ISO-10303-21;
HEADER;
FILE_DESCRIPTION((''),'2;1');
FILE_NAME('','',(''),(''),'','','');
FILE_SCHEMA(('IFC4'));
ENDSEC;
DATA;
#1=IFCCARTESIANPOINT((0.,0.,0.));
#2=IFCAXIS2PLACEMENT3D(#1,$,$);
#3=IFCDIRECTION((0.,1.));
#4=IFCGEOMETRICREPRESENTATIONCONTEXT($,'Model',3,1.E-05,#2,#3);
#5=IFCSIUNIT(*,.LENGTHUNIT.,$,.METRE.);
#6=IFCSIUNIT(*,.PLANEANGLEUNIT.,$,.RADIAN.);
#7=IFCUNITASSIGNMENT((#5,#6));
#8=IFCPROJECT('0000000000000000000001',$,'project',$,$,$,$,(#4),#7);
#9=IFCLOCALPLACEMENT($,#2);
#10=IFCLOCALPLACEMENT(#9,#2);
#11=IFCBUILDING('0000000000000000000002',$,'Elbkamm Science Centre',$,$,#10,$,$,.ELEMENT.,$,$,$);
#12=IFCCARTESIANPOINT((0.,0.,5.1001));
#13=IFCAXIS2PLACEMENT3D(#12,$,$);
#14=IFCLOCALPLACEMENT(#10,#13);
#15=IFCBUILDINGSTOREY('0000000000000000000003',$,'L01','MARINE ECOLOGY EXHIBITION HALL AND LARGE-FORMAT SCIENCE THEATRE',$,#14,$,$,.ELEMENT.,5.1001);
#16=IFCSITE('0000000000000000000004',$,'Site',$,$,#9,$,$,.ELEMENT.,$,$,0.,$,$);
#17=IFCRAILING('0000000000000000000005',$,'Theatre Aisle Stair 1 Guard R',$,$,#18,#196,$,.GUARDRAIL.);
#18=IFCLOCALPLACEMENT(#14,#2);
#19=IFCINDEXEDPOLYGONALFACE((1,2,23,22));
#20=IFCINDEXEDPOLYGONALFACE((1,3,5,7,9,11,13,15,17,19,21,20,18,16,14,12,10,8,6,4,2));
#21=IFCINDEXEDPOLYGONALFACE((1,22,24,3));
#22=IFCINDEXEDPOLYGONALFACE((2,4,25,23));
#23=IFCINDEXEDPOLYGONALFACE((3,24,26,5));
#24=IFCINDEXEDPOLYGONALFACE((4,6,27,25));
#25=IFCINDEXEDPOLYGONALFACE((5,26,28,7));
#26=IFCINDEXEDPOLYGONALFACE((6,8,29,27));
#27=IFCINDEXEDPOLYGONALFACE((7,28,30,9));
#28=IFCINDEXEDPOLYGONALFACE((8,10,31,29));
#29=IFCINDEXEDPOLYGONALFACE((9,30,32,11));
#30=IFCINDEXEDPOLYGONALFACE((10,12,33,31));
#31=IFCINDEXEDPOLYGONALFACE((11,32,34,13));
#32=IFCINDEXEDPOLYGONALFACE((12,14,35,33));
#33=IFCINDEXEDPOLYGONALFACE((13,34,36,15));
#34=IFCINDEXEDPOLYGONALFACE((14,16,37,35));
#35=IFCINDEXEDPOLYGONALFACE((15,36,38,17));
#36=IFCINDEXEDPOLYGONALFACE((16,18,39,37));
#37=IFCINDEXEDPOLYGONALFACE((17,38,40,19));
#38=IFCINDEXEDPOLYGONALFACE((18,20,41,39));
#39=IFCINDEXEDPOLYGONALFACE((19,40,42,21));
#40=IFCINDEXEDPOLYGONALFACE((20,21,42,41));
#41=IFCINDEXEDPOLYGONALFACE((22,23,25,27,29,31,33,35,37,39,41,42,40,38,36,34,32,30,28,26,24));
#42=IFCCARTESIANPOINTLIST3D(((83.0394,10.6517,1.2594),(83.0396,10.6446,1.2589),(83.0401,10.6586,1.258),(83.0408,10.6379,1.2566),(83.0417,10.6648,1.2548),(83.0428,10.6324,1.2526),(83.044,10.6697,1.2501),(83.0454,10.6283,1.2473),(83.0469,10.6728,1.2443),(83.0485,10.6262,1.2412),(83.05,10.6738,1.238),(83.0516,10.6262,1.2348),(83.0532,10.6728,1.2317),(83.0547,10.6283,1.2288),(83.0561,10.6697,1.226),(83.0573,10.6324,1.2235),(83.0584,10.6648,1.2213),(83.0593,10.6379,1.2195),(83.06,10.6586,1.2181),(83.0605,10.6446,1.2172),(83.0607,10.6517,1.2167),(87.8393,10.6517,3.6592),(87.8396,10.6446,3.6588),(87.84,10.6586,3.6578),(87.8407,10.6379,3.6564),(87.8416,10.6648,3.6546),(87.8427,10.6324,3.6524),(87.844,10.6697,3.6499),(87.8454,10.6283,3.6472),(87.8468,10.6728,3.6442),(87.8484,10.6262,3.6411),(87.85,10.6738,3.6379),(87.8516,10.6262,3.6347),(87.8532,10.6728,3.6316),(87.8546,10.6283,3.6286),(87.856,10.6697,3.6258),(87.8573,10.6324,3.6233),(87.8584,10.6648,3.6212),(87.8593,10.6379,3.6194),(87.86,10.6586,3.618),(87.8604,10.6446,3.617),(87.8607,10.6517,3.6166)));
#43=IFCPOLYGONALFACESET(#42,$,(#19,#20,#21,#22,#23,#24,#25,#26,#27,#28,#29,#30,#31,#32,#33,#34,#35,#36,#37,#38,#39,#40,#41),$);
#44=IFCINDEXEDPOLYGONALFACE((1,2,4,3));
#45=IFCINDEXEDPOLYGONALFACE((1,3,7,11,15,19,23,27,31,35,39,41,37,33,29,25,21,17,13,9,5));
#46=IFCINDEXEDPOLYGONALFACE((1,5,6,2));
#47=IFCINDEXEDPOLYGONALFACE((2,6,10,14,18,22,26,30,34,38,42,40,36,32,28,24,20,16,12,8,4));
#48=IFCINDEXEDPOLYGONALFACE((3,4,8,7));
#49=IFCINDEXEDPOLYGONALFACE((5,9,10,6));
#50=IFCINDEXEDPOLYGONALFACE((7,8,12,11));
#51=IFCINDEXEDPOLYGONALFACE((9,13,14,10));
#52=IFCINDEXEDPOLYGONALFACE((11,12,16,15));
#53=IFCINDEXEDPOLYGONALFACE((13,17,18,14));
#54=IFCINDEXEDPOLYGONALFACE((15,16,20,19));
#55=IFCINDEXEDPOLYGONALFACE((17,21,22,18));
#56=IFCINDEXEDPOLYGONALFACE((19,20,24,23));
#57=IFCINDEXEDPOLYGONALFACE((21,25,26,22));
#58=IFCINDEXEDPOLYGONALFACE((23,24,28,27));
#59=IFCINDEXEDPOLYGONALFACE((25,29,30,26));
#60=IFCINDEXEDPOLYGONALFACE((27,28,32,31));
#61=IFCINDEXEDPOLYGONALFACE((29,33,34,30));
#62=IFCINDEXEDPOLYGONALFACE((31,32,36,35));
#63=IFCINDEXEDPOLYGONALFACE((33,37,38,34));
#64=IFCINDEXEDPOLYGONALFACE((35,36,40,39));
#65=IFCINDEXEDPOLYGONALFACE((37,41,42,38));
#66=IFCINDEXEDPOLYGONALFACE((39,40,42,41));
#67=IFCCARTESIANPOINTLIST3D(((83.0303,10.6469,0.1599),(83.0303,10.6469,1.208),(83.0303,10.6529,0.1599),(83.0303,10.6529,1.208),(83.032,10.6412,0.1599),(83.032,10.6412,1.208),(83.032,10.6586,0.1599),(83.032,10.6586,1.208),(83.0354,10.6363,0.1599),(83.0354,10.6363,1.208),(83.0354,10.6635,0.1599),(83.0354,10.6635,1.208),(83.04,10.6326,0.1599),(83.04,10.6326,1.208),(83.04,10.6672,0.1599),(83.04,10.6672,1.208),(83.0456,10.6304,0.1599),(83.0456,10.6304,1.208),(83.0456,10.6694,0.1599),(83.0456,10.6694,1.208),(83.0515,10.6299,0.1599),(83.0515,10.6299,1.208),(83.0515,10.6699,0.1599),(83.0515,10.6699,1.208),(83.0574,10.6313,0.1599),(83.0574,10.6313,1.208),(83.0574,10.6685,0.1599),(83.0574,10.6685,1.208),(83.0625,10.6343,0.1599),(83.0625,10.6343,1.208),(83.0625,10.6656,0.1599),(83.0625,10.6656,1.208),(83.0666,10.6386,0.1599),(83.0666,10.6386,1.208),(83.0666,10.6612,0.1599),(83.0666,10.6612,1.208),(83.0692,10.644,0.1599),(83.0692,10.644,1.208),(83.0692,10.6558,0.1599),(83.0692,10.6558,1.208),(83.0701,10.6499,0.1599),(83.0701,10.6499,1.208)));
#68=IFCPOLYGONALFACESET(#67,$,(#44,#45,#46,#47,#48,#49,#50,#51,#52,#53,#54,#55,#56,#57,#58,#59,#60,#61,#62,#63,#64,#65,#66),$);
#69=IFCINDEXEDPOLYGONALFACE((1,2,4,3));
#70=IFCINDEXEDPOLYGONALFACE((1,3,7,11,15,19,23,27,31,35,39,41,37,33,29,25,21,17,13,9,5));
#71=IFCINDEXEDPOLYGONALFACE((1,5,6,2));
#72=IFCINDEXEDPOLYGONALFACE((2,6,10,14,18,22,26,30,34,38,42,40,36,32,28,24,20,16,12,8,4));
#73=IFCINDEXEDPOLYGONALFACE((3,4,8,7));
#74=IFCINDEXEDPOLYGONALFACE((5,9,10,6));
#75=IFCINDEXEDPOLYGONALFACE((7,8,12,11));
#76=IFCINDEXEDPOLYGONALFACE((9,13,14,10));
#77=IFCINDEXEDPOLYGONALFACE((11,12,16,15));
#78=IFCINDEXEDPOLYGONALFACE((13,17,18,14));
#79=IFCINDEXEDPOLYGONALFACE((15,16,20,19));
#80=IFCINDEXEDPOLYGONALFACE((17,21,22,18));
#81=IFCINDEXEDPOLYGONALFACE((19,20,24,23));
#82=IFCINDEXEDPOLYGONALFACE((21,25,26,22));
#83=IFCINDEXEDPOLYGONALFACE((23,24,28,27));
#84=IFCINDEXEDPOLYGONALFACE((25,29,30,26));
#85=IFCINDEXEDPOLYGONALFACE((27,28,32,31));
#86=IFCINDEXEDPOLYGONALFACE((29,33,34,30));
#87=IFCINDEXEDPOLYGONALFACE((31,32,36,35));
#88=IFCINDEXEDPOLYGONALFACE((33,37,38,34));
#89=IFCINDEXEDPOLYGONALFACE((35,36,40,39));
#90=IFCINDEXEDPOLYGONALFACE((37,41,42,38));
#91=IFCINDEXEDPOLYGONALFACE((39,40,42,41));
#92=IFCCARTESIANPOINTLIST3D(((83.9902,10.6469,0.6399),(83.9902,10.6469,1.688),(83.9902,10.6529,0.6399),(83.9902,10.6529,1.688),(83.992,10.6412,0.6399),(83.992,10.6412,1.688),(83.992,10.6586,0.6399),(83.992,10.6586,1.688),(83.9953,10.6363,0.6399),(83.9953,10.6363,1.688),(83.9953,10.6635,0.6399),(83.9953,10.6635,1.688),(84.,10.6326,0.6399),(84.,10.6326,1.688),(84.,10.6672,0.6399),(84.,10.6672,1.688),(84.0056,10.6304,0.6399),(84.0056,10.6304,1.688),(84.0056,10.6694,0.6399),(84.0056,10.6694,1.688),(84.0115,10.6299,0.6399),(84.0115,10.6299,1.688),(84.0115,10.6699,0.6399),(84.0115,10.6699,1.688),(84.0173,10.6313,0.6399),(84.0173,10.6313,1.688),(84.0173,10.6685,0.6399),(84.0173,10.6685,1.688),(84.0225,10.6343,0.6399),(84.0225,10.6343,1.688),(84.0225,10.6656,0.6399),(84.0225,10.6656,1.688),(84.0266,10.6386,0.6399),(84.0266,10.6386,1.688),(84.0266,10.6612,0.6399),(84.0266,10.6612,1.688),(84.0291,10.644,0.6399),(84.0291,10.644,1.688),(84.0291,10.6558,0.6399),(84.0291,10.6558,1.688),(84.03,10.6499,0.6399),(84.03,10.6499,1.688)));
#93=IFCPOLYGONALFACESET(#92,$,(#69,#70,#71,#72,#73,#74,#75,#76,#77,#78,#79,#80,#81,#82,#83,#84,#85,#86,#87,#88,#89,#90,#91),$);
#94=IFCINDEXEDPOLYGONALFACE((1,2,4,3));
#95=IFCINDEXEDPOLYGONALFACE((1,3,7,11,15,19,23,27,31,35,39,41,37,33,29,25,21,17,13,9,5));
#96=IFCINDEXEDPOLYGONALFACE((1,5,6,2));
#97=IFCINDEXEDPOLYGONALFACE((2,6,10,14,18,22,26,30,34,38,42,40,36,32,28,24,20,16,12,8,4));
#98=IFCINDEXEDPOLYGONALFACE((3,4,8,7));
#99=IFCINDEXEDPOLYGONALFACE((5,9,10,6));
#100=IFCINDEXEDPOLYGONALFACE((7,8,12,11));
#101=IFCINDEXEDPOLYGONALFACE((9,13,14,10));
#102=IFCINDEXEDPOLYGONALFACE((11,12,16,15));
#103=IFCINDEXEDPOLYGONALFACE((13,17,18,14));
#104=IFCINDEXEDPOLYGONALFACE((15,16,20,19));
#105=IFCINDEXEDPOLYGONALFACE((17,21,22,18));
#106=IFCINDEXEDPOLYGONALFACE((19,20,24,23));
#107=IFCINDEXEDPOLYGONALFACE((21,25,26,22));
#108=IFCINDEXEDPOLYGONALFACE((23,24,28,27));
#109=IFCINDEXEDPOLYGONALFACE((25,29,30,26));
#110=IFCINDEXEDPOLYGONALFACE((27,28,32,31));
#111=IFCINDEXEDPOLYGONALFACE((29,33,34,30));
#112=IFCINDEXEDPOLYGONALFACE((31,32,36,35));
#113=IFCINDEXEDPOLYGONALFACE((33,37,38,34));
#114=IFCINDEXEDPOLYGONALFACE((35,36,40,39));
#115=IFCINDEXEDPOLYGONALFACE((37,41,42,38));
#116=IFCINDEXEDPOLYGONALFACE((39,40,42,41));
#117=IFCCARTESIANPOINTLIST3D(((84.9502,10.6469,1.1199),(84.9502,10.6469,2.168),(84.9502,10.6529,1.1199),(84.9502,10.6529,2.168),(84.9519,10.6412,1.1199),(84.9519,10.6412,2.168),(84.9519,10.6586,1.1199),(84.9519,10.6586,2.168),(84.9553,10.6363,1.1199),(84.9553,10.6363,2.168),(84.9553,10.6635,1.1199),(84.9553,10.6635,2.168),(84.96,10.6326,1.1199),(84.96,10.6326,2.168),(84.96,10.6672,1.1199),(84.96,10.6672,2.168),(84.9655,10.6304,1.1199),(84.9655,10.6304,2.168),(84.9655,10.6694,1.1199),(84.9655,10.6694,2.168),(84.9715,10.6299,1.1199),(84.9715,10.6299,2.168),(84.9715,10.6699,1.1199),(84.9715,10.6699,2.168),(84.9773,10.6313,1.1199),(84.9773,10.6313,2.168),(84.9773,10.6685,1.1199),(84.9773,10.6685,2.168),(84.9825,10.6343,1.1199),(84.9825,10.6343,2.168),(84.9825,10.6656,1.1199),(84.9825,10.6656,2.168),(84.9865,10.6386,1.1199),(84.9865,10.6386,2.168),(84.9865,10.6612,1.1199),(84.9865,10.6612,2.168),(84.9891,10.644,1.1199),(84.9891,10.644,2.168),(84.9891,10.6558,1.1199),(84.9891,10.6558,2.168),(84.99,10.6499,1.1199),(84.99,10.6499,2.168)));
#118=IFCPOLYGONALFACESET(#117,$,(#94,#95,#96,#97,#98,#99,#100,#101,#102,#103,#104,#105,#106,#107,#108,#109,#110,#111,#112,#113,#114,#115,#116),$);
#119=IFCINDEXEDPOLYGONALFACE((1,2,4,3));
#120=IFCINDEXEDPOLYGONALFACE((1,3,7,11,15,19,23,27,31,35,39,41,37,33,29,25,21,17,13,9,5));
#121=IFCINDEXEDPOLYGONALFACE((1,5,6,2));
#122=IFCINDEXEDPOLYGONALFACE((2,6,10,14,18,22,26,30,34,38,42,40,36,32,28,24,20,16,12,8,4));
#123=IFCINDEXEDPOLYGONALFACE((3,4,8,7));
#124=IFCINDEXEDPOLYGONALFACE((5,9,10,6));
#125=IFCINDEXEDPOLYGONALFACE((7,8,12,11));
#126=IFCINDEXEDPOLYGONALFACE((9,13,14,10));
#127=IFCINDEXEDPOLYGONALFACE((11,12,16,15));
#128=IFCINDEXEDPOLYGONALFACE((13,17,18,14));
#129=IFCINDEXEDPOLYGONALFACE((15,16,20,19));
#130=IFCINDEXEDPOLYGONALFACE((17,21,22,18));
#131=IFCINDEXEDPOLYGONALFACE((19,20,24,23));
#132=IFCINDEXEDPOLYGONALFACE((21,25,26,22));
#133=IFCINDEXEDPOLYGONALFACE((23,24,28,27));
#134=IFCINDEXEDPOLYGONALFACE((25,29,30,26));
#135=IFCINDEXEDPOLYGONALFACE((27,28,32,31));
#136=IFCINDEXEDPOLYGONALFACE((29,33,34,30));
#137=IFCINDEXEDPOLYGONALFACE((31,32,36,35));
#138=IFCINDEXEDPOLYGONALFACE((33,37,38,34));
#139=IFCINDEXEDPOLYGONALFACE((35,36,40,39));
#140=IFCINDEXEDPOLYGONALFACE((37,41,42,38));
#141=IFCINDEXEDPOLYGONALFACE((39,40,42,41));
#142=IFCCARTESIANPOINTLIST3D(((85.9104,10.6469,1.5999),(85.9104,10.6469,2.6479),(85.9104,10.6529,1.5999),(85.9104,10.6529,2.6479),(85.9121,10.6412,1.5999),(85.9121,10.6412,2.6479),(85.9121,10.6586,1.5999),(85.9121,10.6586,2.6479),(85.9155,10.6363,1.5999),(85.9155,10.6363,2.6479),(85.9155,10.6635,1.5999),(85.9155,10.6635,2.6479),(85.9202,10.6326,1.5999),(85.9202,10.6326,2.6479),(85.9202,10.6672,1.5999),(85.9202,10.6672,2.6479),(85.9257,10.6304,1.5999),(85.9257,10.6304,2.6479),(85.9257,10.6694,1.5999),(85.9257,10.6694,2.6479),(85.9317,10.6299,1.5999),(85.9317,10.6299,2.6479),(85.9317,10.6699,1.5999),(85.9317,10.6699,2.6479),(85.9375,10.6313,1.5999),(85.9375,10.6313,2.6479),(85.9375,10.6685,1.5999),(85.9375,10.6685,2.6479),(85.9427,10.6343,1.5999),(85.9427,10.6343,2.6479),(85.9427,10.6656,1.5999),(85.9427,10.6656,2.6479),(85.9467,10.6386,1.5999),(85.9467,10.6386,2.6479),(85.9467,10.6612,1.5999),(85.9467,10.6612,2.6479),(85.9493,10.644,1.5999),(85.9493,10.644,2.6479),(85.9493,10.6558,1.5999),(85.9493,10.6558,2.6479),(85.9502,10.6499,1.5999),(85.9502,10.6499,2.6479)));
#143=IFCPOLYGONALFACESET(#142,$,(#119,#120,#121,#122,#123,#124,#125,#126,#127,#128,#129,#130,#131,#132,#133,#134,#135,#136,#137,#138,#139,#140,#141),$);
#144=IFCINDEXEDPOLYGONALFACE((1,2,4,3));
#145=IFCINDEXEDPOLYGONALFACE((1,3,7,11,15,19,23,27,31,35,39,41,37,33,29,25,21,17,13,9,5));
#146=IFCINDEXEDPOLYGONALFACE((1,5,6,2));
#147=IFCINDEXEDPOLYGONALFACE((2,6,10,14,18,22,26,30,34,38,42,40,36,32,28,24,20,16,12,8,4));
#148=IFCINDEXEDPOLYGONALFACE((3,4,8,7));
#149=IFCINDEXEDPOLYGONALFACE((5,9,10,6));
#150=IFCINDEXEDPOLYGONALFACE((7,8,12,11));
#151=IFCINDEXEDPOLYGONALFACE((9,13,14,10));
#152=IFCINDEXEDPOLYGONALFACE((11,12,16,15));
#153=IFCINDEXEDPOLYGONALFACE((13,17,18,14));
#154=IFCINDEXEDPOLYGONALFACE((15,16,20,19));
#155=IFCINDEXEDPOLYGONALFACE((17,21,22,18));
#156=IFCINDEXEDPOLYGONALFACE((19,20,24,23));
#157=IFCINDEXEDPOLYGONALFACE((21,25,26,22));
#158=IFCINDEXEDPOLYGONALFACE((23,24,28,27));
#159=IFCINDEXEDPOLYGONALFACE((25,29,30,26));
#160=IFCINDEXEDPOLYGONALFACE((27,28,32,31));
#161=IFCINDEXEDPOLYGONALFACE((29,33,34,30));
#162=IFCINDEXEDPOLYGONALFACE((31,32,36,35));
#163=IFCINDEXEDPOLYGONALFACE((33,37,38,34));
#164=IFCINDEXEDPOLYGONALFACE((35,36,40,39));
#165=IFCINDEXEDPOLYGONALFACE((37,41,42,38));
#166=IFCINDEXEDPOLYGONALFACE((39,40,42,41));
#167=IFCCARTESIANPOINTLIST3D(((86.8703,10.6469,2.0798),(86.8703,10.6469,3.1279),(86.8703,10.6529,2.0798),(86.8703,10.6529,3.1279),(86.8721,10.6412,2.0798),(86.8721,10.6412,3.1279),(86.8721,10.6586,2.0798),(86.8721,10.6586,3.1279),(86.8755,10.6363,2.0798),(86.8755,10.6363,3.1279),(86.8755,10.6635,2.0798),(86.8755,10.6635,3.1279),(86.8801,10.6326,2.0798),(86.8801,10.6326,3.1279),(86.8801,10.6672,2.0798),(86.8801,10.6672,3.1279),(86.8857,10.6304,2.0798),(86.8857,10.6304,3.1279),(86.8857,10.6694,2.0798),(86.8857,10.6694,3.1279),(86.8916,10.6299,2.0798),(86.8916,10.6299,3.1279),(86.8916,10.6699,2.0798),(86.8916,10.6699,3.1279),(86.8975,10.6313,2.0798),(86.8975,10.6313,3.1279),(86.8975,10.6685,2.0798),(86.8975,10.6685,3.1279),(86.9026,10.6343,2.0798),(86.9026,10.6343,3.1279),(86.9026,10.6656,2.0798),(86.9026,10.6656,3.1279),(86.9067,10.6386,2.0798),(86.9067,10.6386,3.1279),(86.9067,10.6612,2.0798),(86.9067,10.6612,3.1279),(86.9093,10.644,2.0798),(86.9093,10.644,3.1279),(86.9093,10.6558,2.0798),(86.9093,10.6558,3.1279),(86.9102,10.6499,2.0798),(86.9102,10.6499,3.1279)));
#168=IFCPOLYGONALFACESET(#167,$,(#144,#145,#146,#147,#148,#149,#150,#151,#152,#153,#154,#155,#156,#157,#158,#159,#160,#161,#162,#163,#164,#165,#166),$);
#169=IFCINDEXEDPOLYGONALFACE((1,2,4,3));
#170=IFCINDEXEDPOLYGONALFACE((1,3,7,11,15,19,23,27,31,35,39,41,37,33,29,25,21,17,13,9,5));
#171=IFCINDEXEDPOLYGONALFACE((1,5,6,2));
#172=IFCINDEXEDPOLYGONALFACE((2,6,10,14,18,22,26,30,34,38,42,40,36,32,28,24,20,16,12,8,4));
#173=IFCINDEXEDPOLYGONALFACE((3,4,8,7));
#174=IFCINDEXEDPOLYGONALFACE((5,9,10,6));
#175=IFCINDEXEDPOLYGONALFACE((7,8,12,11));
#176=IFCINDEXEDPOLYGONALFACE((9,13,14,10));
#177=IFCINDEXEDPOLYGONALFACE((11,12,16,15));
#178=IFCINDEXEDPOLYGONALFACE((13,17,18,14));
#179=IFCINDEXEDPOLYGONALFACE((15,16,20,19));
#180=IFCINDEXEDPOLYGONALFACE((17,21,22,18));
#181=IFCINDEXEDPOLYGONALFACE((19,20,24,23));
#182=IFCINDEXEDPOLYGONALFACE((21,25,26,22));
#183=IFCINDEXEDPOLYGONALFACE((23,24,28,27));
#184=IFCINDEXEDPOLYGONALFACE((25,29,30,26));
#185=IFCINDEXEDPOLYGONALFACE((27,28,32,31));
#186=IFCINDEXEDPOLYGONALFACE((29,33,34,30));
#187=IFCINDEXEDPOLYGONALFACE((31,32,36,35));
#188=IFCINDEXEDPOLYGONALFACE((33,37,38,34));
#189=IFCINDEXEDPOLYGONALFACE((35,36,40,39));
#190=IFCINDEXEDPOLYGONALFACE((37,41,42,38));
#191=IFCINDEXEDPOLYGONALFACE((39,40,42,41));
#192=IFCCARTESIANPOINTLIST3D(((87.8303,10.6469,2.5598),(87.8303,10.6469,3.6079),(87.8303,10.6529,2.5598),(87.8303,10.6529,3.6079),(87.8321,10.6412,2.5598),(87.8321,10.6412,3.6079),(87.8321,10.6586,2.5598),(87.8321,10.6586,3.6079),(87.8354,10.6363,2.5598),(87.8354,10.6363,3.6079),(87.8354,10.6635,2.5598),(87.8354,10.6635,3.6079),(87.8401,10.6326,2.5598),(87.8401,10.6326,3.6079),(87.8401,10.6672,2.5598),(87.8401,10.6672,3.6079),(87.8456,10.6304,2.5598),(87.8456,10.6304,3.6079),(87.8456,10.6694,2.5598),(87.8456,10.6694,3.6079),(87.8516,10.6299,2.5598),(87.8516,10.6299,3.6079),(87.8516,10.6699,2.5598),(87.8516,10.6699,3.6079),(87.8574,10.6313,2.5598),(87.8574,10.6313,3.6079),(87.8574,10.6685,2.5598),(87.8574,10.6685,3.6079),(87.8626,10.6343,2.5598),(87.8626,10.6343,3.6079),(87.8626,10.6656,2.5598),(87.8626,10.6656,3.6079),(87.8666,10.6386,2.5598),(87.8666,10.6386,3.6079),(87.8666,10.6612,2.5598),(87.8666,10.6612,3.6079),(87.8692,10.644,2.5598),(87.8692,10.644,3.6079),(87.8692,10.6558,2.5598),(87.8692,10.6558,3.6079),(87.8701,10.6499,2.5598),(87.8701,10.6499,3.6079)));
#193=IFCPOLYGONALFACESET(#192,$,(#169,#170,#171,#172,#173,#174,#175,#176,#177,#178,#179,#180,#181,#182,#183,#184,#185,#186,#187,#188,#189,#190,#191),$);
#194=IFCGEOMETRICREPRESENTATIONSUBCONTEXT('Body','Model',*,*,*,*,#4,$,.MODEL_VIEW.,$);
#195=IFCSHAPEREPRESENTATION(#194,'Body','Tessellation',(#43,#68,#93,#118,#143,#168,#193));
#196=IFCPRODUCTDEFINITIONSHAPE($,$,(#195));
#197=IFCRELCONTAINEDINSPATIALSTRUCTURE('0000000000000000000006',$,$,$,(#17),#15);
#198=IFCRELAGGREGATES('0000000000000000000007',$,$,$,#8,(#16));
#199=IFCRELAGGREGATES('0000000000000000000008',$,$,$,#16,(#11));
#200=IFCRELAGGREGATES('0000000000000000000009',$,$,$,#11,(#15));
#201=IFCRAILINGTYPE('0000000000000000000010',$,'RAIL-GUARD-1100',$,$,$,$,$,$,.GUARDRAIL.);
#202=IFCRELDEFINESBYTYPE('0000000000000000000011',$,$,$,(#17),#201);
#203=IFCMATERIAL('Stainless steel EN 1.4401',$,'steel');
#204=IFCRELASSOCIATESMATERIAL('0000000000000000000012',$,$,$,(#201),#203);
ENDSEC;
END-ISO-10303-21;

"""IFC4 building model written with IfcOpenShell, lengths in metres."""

from ifc_helpers import new_model, si_unit, direction, frame, origin, origin_2d, place, context, subcontext, project, spatial, circle, extrude, material, type_object, element, save


model = new_model("IFC4")

# Units and contexts
model_context = context("Model", 3, precision=1e-05, world=origin(), true_north=direction((0.0, 1.0)))
body_context = subcontext(model_context, "Body", "Model", "MODEL_VIEW")
ifc_project = project(units=[si_unit("LENGTHUNIT", "METRE"), si_unit("PLANEANGLEUNIT", "RADIAN")], contexts=[model_context])

# Site, building, storey
site_placement = place(None, origin())
site = spatial("IfcSite", under=ifc_project, at=site_placement, Name="Site", CompositionType="ELEMENT", RefElevation=0.0)
building_placement = place(site_placement, origin())
building = spatial("IfcBuilding", under=site, at=building_placement, Name="Elbkamm Science Centre", CompositionType="ELEMENT")
storey_placement = place(building_placement, frame((0.0, 0.0, 5.1001)))
storey = spatial("IfcBuildingStorey", under=building, at=storey_placement, Name="L01", Description="MARINE ECOLOGY EXHIBITION HALL AND LARGE-FORMAT SCIENCE THEATRE", CompositionType="ELEMENT", Elevation=5.1001)

# Railing
ifc_material_1 = material(Name="Stainless steel EN 1.4401", Category="steel")
railing_type_1 = type_object("IfcRailingType", Name="RAIL-GUARD-1100", PredefinedType="GUARDRAIL", material=ifc_material_1)
for number, where, name in (
    (1, (83.05, 10.6499, 0.1599), "Theatre Aisle Stair 1 Guard R"),
):
    element("IfcRailing", number, at=place(storey_placement, frame(where)), inside=storey, type_object=railing_type_1, Name=name, PredefinedType="GUARDRAIL", context=body_context, shape_type="SweptSolid", body=[
        extrude(circle(Radius=0.0239, at=origin_2d()), frame((0.0, 0.0, 1.0781), z_axis=(0.894436, 0.0, 0.447195), x_axis=(0.0, 1.0, 0.0)), (0.0, 0.0, 1.0), 5.3665),
        extrude(circle(Radius=0.02, at=origin_2d()), origin(), (0.0, 0.0, 1.0), 1.0481),
        extrude(circle(Radius=0.02, at=origin_2d()), frame((0.96, 0.0, 0.48)), (0.0, 0.0, 1.0), 1.0481),
        extrude(circle(Radius=0.02, at=origin_2d()), frame((1.9199, 0.0, 0.96)), (0.0, 0.0, 1.0), 1.0481),
        extrude(circle(Radius=0.02, at=origin_2d()), frame((2.8801, 0.0, 1.4399)), (0.0, 0.0, 1.0), 1.0481),
        extrude(circle(Radius=0.02, at=origin_2d()), frame((3.8401, 0.0, 1.9199)), (0.0, 0.0, 1.0), 1.0481),
        extrude(circle(Radius=0.02, at=origin_2d()), frame((4.8, 0.0, 2.3999)), (0.0, 0.0, 1.0), 1.0481),
    ])

save(model, "model.ifc")
